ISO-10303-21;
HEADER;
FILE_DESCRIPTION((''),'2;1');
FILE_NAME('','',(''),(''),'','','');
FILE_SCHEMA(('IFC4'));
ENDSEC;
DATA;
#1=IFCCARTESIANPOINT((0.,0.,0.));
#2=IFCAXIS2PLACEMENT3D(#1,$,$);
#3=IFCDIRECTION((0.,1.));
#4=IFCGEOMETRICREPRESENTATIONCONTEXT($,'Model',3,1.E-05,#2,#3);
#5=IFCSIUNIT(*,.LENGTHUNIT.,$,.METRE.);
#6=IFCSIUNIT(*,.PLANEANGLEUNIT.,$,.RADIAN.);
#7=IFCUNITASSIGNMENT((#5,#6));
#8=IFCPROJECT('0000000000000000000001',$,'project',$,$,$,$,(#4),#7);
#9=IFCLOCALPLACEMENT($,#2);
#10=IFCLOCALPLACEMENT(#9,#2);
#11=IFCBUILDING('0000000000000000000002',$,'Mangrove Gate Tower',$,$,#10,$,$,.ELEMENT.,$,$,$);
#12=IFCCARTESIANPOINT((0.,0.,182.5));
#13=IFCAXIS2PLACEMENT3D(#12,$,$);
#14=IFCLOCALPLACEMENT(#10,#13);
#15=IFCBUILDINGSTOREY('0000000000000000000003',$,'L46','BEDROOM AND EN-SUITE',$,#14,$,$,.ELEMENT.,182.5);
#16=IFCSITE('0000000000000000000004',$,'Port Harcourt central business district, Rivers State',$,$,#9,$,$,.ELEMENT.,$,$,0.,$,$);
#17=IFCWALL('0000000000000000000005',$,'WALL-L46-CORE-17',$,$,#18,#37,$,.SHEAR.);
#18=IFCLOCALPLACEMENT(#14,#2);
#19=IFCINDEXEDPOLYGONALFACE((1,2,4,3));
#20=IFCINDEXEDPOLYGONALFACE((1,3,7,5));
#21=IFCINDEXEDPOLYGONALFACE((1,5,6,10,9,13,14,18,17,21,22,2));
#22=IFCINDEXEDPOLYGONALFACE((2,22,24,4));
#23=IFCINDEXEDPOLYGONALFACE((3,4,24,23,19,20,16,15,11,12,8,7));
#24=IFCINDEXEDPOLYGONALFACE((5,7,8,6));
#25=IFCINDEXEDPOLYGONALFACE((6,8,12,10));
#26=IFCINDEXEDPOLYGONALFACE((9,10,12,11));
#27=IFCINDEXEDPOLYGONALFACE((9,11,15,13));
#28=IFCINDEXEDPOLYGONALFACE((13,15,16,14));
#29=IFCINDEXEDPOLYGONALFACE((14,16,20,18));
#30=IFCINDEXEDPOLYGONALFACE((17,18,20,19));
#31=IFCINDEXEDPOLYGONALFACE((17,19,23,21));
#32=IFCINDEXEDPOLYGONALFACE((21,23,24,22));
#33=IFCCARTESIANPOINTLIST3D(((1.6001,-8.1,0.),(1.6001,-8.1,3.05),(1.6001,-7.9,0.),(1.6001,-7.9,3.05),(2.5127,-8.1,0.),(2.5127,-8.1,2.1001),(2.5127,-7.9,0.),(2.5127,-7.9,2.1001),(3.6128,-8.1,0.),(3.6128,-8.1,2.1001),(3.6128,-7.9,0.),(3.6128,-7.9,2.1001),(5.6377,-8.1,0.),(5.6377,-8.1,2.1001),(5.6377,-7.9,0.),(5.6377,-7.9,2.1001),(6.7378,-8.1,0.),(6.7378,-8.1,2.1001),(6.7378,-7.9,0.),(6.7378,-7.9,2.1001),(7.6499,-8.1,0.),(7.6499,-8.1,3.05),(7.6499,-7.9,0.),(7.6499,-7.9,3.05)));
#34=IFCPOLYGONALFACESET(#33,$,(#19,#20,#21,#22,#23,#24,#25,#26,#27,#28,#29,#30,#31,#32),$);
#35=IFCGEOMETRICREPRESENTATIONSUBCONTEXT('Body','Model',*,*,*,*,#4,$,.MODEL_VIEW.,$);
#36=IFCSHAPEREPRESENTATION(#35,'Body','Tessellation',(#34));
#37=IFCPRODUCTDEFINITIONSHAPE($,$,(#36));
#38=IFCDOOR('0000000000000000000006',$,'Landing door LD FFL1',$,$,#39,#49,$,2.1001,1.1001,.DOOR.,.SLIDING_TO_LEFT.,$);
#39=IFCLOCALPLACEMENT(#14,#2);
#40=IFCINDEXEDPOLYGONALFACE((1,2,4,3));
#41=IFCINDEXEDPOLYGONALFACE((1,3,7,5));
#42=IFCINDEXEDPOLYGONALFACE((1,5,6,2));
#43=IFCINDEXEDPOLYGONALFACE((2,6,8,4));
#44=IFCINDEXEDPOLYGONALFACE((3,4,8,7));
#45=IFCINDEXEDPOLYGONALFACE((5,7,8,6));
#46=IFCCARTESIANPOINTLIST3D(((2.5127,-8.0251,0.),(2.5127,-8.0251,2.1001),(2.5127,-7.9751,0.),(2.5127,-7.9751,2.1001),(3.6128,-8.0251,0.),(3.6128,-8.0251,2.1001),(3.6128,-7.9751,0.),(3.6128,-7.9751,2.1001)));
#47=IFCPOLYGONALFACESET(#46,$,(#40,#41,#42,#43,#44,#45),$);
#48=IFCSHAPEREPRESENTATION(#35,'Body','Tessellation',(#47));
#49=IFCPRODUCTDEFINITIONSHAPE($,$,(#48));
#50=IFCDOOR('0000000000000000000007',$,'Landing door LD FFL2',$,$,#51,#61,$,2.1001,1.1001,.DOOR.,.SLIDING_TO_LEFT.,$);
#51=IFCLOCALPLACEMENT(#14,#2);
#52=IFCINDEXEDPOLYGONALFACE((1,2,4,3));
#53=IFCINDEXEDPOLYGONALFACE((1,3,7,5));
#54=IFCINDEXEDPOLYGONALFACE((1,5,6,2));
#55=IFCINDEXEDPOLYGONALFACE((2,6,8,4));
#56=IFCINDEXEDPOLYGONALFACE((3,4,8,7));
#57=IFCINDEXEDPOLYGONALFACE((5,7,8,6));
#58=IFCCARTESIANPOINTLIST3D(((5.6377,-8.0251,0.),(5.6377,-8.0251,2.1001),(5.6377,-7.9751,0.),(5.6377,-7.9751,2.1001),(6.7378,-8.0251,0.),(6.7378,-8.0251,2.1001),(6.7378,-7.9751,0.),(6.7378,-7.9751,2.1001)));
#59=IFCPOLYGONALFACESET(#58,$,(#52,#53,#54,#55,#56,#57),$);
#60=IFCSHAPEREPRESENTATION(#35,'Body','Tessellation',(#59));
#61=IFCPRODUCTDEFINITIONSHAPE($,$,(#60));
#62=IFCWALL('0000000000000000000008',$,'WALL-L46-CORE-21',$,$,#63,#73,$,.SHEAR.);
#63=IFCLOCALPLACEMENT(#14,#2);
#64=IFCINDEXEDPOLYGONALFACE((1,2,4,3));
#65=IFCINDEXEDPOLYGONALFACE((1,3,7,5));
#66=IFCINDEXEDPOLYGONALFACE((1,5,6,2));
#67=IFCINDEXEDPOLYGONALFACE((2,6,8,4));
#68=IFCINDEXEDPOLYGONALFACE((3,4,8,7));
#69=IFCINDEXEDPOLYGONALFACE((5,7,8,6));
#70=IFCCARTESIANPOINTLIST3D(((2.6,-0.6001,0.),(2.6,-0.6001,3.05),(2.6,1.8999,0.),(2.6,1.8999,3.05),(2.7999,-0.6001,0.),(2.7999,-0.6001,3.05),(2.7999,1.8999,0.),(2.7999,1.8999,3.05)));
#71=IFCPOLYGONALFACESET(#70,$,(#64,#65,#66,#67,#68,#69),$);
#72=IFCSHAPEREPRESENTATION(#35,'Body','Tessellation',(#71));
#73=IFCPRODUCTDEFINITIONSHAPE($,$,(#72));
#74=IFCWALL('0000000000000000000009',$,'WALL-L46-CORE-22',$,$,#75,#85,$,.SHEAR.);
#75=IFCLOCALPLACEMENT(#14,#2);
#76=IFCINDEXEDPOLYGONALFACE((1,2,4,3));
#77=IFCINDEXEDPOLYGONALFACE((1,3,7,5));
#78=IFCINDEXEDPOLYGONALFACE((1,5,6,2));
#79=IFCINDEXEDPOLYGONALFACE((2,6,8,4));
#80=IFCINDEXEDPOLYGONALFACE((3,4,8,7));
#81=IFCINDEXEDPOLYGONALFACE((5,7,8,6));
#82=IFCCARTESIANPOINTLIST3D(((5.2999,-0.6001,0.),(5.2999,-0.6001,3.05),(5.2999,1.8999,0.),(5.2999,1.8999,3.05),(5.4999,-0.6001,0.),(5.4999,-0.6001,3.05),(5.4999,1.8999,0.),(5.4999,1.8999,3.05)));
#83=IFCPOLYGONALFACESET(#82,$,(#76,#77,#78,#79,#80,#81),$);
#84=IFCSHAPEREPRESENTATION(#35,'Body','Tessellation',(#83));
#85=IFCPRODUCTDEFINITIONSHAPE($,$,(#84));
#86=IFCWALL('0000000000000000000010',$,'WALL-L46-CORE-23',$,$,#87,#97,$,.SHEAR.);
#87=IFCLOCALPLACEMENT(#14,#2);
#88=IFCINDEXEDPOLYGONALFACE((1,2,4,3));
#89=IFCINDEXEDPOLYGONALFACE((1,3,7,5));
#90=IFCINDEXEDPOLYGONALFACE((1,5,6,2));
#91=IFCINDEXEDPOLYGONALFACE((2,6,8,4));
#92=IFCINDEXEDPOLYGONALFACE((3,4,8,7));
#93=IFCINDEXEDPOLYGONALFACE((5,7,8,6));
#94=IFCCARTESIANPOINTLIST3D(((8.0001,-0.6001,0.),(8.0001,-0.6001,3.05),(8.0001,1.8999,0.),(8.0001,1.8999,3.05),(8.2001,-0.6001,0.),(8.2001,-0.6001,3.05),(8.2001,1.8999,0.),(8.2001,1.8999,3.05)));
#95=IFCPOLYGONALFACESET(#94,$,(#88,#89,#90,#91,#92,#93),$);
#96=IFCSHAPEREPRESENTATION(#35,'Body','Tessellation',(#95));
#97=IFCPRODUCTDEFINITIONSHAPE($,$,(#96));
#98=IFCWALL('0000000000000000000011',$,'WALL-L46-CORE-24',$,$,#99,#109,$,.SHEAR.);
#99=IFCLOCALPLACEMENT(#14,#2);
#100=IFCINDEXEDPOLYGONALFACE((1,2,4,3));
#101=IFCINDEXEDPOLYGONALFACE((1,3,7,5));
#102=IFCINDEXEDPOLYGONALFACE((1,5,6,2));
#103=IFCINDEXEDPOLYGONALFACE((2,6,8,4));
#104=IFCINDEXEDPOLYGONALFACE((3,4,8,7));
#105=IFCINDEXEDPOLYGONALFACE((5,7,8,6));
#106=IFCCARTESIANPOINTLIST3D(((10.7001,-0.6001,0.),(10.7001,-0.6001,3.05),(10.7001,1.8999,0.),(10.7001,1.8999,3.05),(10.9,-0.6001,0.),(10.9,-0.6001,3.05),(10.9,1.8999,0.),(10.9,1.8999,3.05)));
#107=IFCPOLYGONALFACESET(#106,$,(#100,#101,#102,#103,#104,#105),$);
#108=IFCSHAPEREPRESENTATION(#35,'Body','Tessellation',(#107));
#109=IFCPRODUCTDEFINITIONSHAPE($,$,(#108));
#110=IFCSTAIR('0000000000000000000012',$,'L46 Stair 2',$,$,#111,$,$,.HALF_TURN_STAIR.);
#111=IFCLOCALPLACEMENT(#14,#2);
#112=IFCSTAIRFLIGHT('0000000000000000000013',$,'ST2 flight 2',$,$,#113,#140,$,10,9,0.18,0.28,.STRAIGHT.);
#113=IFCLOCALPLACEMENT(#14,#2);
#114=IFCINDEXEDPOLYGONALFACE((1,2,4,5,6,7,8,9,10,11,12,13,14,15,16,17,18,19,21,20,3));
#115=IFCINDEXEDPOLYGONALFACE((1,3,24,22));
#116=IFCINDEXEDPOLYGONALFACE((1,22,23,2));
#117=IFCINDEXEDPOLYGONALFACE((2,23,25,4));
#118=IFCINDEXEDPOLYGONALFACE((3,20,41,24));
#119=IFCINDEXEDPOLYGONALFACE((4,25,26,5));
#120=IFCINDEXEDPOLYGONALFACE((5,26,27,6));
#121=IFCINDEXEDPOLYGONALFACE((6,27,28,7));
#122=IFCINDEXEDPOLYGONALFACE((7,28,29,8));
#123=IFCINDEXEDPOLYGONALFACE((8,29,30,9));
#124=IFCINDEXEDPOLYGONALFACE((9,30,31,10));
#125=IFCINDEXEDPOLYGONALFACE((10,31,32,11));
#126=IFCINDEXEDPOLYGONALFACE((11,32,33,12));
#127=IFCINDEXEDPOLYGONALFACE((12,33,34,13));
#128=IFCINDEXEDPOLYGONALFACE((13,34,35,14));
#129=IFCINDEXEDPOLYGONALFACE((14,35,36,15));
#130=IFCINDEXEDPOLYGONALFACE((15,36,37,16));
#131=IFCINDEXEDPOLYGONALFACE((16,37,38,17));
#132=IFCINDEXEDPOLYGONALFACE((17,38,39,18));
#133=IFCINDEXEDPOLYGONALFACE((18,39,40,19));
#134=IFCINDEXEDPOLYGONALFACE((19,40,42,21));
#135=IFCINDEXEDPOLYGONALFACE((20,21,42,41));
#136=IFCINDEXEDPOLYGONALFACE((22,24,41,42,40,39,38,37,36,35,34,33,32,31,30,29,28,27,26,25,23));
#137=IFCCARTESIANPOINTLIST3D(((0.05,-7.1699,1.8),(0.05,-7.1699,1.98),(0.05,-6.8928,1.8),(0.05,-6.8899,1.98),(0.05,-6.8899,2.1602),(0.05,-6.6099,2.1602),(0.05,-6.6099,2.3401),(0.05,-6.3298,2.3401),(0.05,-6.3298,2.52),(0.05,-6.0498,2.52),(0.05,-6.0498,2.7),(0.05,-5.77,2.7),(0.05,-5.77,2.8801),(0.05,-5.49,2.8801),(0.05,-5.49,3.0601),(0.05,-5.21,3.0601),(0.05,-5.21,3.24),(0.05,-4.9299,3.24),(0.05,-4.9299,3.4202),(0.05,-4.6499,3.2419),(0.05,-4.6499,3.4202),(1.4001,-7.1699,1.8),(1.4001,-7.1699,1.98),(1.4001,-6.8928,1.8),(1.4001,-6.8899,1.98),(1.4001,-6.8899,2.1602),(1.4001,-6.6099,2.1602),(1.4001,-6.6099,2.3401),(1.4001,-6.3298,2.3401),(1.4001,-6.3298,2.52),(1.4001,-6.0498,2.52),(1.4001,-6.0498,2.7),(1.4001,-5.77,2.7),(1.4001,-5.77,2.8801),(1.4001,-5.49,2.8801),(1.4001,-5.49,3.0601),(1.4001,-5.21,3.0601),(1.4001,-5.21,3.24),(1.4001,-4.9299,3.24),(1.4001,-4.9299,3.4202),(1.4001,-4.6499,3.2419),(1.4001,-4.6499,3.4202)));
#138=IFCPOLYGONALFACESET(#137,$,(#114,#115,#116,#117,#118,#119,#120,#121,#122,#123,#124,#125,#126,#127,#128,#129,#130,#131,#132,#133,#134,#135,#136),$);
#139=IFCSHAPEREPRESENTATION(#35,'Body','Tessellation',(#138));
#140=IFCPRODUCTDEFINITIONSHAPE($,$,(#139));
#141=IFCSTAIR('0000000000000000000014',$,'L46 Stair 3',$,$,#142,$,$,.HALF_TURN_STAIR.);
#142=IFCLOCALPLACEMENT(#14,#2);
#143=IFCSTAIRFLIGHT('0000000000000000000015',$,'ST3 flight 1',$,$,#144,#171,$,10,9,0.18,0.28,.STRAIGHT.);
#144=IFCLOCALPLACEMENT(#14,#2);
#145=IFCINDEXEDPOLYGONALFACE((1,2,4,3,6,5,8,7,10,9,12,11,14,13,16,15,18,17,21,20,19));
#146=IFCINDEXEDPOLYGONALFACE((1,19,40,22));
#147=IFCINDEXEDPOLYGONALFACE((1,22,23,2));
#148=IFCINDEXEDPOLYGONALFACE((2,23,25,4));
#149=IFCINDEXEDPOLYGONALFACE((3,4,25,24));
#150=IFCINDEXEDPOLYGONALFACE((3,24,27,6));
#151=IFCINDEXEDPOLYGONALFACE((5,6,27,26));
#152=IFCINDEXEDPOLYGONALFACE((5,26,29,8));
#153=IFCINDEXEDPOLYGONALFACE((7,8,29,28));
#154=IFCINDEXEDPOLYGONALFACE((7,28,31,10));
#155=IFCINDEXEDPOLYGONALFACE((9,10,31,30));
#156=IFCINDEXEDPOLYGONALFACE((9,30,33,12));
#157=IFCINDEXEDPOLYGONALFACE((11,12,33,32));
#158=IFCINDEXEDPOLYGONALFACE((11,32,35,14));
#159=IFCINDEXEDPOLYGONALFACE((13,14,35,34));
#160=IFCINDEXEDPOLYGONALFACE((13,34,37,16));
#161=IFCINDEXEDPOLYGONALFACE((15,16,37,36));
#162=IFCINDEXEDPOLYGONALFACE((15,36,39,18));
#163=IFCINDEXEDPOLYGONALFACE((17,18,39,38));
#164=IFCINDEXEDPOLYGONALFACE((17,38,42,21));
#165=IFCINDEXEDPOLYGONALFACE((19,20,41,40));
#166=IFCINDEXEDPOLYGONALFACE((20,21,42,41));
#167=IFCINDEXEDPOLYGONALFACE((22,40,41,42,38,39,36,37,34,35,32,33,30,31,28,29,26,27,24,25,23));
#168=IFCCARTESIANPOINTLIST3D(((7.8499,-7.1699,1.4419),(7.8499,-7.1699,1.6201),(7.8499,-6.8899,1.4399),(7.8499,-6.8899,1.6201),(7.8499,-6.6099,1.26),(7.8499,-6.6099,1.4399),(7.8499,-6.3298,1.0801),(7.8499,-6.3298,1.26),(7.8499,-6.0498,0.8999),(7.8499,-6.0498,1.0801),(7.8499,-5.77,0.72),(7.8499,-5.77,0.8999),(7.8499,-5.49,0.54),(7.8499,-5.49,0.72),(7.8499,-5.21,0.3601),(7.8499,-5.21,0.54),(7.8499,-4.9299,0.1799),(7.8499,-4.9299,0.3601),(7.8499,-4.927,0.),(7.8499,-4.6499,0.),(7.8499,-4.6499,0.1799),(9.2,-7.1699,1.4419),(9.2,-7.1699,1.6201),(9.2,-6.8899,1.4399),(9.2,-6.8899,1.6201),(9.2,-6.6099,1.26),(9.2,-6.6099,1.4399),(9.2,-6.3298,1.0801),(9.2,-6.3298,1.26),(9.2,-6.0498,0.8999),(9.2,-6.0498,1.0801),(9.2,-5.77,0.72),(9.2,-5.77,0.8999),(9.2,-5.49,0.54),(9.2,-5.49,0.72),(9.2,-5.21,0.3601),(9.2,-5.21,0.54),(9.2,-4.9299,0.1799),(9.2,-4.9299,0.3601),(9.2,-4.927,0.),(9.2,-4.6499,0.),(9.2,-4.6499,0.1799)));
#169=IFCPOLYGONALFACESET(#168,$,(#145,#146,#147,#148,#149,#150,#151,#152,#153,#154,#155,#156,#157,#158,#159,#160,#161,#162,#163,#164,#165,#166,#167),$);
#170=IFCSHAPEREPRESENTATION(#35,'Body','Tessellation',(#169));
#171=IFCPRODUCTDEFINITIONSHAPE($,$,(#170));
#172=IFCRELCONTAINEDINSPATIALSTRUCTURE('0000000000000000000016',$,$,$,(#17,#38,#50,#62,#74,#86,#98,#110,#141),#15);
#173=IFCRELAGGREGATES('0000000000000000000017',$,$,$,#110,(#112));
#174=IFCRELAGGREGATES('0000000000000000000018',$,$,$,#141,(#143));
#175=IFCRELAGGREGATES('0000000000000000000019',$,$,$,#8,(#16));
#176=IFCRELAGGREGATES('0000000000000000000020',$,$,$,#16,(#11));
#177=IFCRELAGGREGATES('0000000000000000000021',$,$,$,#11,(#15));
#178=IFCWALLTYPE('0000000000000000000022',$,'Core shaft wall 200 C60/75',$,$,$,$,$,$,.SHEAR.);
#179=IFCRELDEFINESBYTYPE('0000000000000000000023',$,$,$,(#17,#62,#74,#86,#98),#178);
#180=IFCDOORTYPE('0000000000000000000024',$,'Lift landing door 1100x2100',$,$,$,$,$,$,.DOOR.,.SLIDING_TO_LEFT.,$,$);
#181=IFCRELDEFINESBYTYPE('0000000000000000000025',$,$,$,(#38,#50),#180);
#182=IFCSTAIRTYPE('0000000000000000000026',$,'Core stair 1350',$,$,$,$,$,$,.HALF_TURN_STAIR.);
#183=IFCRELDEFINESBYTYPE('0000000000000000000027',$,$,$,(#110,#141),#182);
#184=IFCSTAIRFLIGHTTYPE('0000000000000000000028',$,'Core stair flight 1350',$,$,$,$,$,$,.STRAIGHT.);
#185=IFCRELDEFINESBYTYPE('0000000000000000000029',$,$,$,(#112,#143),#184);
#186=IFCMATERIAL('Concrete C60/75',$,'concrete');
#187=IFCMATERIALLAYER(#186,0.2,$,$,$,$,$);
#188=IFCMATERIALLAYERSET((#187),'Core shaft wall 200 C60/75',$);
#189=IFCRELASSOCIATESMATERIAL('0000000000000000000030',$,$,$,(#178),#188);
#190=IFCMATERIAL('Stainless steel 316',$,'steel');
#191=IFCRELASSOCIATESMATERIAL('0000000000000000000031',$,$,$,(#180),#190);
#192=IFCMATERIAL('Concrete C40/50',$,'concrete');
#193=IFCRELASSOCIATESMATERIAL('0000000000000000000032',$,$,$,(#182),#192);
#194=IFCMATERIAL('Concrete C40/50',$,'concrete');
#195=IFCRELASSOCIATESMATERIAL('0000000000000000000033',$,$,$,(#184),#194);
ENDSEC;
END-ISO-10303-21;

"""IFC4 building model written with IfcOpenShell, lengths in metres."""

from ifc_helpers import new_model, si_unit, direction, frame, frame_2d, origin, place, context, subcontext, project, spatial, polyline, rectangle, outline, extrude, material, layer, layer_set, type_object, element, fill, aggregate, save


model = new_model("IFC4")

# Units and contexts
model_context = context("Model", 3, precision=1e-05, world=origin(), true_north=direction((0.0, 1.0)))
body_context = subcontext(model_context, "Body", "Model", "MODEL_VIEW")
ifc_project = project(units=[si_unit("LENGTHUNIT", "METRE"), si_unit("PLANEANGLEUNIT", "RADIAN")], contexts=[model_context])

# Site, building, storey
site_placement = place(None, origin())
site = spatial("IfcSite", under=ifc_project, at=site_placement, Name="Port Harcourt central business district, Rivers State", CompositionType="ELEMENT", RefElevation=0.0)
building_placement = place(site_placement, origin())
building = spatial("IfcBuilding", under=site, at=building_placement, Name="Mangrove Gate Tower", CompositionType="ELEMENT")
storey_placement = place(building_placement, frame((0.0, 0.0, 182.5)))
storey = spatial("IfcBuildingStorey", under=building, at=storey_placement, Name="L46", Description="BEDROOM AND EN-SUITE", CompositionType="ELEMENT", Elevation=182.5)

# Wall, openings, doors
ifc_material_1 = material(Name="Concrete C60/75", Category="concrete")
ifc_layer = layer(ifc_material_1, 0.2)
ifc_layer_set = layer_set([ifc_layer], Name="Core shaft wall 200 C60/75")
wall_type = type_object("IfcWallType", Name="Core shaft wall 200 C60/75", PredefinedType="SHEAR", material=ifc_layer_set)
wall_placement = place(storey_placement, frame((1.6001, -8.0, 0.0), z_axis=(0.0, 0.0, 1.0), x_axis=(1.0, 0.0, 0.0)))
wall = element("IfcWall", 1, at=wall_placement, inside=storey, type_object=wall_type, Name="WALL-L46-CORE-17", PredefinedType="SHEAR", context=body_context, shape_type="SweptSolid", body=[
    extrude(rectangle(XDim=6.0498, YDim=0.2, at=frame_2d((3.0249, 0.0))), origin(), (0.0, 0.0, 1.0), 3.05),
])
opening_1_placement = place(wall_placement, frame((0.9126, 0.0, 0.0)))
opening_1 = element("IfcOpeningElement", 2, at=opening_1_placement, cuts=wall, PredefinedType="OPENING", context=body_context, shape_type="SweptSolid", body=[
    extrude(rectangle(XDim=1.1001, YDim=2.1001, at=frame_2d((0.55, 1.05))), frame((0.0, 0.1099, 0.0), z_axis=(0.0, -1.0, 0.0), x_axis=(1.0, 0.0, 0.0)), (0.0, 0.0, 1.0), 0.22),
])
opening_2_placement = place(wall_placement, frame((4.0376, 0.0, 0.0)))
opening_2 = element("IfcOpeningElement", 3, at=opening_2_placement, cuts=wall, PredefinedType="OPENING", context=body_context, shape_type="SweptSolid", body=[
    extrude(rectangle(XDim=1.1001, YDim=2.1001, at=frame_2d((0.55, 1.05))), frame((0.0, 0.1099, 0.0), z_axis=(0.0, -1.0, 0.0), x_axis=(1.0, 0.0, 0.0)), (0.0, 0.0, 1.0), 0.22),
])
ifc_material_2 = material(Name="Stainless steel 316", Category="steel")
door_type = type_object("IfcDoorType", Name="Lift landing door 1100x2100", OperationType="SLIDING_TO_LEFT", PredefinedType="DOOR", material=ifc_material_2)
door_1_placement = place(opening_1_placement, origin())
door_1 = element("IfcDoor", 4, at=door_1_placement, inside=storey, type_object=door_type, Name="Landing door LD FFL1", OperationType="SLIDING_TO_LEFT", OverallHeight=2.1001, OverallWidth=1.1001, PredefinedType="DOOR", context=body_context, shape_type="SweptSolid", body=[
    extrude(rectangle(XDim=1.1001, YDim=2.1001, at=frame_2d((0.55, 1.05))), frame((0.0, 0.0249, 0.0), z_axis=(0.0, -1.0, 0.0), x_axis=(1.0, 0.0, 0.0)), (0.0, 0.0, 1.0), 0.05),
])
fill(opening_1, door_1)
door_2_placement = place(opening_2_placement, origin())
door_2 = element("IfcDoor", 5, at=door_2_placement, inside=storey, type_object=door_type, Name="Landing door LD FFL2", OperationType="SLIDING_TO_LEFT", OverallHeight=2.1001, OverallWidth=1.1001, PredefinedType="DOOR", context=body_context, shape_type="SweptSolid", body=[
    extrude(rectangle(XDim=1.1001, YDim=2.1001, at=frame_2d((0.55, 1.05))), frame((0.0, 0.0249, 0.0), z_axis=(0.0, -1.0, 0.0), x_axis=(1.0, 0.0, 0.0)), (0.0, 0.0, 1.0), 0.05),
])
fill(opening_2, door_2)

# Walls
for number, where, z_axis, x_axis, name in (
    (6, (2.7, -0.6001, 0.0), (0.0, 0.0, 1.0), (0.0, 1.0, 0.0), "WALL-L46-CORE-21"),
    (7, (5.3999, -0.6001, 0.0), (0.0, 0.0, 1.0), (0.0, 1.0, 0.0), "WALL-L46-CORE-22"),
    (8, (8.1001, -0.6001, 0.0), (0.0, 0.0, 1.0), (0.0, 1.0, 0.0), "WALL-L46-CORE-23"),
    (9, (10.8, -0.6001, 0.0), (0.0, 0.0, 1.0), (0.0, 1.0, 0.0), "WALL-L46-CORE-24"),
):
    element("IfcWall", number, at=place(storey_placement, frame(where, z_axis=z_axis, x_axis=x_axis)), inside=storey, type_object=wall_type, Name=name, PredefinedType="SHEAR", context=body_context, shape_type="SweptSolid", body=[
        extrude(rectangle(XDim=2.5, YDim=0.2, at=frame_2d((1.25, 0.0))), origin(), (0.0, 0.0, 1.0), 3.05),
    ])

# Stair, stair flight
ifc_material_3 = material(Name="Concrete C40/50", Category="concrete")
stair_type = type_object("IfcStairType", Name="Core stair 1350", PredefinedType="HALF_TURN_STAIR", material=ifc_material_3)
stair_1_placement = place(storey_placement, origin())
stair_1 = element("IfcStair", 10, at=stair_1_placement, inside=storey, type_object=stair_type, Name="L46 Stair 2", PredefinedType="HALF_TURN_STAIR")
ifc_material_4 = material(Name="Concrete C40/50", Category="concrete")
stair_flight_type = type_object("IfcStairFlightType", Name="Core stair flight 1350", PredefinedType="STRAIGHT", material=ifc_material_4)
stair_flight_1_placement = place(storey_placement, frame((0.7251, -7.1699, 1.8), z_axis=(0.0, 0.0, 1.0), x_axis=(0.0, 1.0, 0.0)))
stair_flight_1 = element("IfcStairFlight", 11, at=stair_flight_1_placement, type_object=stair_flight_type, Name="ST2 flight 2", NumberOfRisers=10, NumberOfTreads=9, PredefinedType="STRAIGHT", RiserHeight=0.18, TreadLength=0.28, context=body_context, shape_type="SweptSolid", body=[
    extrude(outline(polyline([(0.0, 0.0), (0.0, 0.1799), (0.28, 0.1799), (0.28, 0.3601), (0.5601, 0.3601), (0.5601, 0.54), (0.8401, 0.54), (0.8401, 0.72), (1.1201, 0.72), (1.1201, 0.8999), (1.3999, 0.8999), (1.3999, 1.0801), (1.6799, 1.0801), (1.6799, 1.26), (1.96, 1.26), (1.96, 1.4399), (2.24, 1.4399), (2.24, 1.6201), (2.52, 1.6201), (2.52, 1.8), (2.52, 1.4419), (0.2771, 0.0), (0.0, 0.0)])), frame((0.0, 0.675, 0.0), z_axis=(0.0, -1.0, 0.0), x_axis=(1.0, 0.0, 0.0)), (0.0, 0.0, 1.0), 1.3501),
])
aggregate(stair_1, [stair_flight_1])

# Stair, stair flight
stair_2_placement = place(storey_placement, origin())
stair_2 = element("IfcStair", 12, at=stair_2_placement, inside=storey, type_object=stair_type, Name="L46 Stair 3", PredefinedType="HALF_TURN_STAIR")
stair_flight_2_placement = place(storey_placement, frame((8.5249, -4.6499, 0.0), z_axis=(0.0, 0.0, 1.0), x_axis=(0.0, -1.0, 0.0)))
stair_flight_2 = element("IfcStairFlight", 13, at=stair_flight_2_placement, type_object=stair_flight_type, Name="ST3 flight 1", NumberOfRisers=10, NumberOfTreads=9, PredefinedType="STRAIGHT", RiserHeight=0.18, TreadLength=0.28, context=body_context, shape_type="SweptSolid", body=[
    extrude(outline(polyline([(0.0, 0.0), (0.0, 0.1799), (0.28, 0.1799), (0.28, 0.3601), (0.5601, 0.3601), (0.5601, 0.54), (0.8401, 0.54), (0.8401, 0.72), (1.1201, 0.72), (1.1201, 0.8999), (1.3999, 0.8999), (1.3999, 1.0801), (1.6799, 1.0801), (1.6799, 1.26), (1.96, 1.26), (1.96, 1.4399), (2.24, 1.4399), (2.24, 1.6201), (2.52, 1.6201), (2.52, 1.8), (2.52, 1.4419), (0.2771, 0.0), (0.0, 0.0)])), frame((0.0, 0.675, 0.0), z_axis=(0.0, -1.0, 0.0), x_axis=(1.0, 0.0, 0.0)), (0.0, 0.0, 1.0), 1.3501),
])
aggregate(stair_2, [stair_flight_2])

save(model, "model.ifc")
